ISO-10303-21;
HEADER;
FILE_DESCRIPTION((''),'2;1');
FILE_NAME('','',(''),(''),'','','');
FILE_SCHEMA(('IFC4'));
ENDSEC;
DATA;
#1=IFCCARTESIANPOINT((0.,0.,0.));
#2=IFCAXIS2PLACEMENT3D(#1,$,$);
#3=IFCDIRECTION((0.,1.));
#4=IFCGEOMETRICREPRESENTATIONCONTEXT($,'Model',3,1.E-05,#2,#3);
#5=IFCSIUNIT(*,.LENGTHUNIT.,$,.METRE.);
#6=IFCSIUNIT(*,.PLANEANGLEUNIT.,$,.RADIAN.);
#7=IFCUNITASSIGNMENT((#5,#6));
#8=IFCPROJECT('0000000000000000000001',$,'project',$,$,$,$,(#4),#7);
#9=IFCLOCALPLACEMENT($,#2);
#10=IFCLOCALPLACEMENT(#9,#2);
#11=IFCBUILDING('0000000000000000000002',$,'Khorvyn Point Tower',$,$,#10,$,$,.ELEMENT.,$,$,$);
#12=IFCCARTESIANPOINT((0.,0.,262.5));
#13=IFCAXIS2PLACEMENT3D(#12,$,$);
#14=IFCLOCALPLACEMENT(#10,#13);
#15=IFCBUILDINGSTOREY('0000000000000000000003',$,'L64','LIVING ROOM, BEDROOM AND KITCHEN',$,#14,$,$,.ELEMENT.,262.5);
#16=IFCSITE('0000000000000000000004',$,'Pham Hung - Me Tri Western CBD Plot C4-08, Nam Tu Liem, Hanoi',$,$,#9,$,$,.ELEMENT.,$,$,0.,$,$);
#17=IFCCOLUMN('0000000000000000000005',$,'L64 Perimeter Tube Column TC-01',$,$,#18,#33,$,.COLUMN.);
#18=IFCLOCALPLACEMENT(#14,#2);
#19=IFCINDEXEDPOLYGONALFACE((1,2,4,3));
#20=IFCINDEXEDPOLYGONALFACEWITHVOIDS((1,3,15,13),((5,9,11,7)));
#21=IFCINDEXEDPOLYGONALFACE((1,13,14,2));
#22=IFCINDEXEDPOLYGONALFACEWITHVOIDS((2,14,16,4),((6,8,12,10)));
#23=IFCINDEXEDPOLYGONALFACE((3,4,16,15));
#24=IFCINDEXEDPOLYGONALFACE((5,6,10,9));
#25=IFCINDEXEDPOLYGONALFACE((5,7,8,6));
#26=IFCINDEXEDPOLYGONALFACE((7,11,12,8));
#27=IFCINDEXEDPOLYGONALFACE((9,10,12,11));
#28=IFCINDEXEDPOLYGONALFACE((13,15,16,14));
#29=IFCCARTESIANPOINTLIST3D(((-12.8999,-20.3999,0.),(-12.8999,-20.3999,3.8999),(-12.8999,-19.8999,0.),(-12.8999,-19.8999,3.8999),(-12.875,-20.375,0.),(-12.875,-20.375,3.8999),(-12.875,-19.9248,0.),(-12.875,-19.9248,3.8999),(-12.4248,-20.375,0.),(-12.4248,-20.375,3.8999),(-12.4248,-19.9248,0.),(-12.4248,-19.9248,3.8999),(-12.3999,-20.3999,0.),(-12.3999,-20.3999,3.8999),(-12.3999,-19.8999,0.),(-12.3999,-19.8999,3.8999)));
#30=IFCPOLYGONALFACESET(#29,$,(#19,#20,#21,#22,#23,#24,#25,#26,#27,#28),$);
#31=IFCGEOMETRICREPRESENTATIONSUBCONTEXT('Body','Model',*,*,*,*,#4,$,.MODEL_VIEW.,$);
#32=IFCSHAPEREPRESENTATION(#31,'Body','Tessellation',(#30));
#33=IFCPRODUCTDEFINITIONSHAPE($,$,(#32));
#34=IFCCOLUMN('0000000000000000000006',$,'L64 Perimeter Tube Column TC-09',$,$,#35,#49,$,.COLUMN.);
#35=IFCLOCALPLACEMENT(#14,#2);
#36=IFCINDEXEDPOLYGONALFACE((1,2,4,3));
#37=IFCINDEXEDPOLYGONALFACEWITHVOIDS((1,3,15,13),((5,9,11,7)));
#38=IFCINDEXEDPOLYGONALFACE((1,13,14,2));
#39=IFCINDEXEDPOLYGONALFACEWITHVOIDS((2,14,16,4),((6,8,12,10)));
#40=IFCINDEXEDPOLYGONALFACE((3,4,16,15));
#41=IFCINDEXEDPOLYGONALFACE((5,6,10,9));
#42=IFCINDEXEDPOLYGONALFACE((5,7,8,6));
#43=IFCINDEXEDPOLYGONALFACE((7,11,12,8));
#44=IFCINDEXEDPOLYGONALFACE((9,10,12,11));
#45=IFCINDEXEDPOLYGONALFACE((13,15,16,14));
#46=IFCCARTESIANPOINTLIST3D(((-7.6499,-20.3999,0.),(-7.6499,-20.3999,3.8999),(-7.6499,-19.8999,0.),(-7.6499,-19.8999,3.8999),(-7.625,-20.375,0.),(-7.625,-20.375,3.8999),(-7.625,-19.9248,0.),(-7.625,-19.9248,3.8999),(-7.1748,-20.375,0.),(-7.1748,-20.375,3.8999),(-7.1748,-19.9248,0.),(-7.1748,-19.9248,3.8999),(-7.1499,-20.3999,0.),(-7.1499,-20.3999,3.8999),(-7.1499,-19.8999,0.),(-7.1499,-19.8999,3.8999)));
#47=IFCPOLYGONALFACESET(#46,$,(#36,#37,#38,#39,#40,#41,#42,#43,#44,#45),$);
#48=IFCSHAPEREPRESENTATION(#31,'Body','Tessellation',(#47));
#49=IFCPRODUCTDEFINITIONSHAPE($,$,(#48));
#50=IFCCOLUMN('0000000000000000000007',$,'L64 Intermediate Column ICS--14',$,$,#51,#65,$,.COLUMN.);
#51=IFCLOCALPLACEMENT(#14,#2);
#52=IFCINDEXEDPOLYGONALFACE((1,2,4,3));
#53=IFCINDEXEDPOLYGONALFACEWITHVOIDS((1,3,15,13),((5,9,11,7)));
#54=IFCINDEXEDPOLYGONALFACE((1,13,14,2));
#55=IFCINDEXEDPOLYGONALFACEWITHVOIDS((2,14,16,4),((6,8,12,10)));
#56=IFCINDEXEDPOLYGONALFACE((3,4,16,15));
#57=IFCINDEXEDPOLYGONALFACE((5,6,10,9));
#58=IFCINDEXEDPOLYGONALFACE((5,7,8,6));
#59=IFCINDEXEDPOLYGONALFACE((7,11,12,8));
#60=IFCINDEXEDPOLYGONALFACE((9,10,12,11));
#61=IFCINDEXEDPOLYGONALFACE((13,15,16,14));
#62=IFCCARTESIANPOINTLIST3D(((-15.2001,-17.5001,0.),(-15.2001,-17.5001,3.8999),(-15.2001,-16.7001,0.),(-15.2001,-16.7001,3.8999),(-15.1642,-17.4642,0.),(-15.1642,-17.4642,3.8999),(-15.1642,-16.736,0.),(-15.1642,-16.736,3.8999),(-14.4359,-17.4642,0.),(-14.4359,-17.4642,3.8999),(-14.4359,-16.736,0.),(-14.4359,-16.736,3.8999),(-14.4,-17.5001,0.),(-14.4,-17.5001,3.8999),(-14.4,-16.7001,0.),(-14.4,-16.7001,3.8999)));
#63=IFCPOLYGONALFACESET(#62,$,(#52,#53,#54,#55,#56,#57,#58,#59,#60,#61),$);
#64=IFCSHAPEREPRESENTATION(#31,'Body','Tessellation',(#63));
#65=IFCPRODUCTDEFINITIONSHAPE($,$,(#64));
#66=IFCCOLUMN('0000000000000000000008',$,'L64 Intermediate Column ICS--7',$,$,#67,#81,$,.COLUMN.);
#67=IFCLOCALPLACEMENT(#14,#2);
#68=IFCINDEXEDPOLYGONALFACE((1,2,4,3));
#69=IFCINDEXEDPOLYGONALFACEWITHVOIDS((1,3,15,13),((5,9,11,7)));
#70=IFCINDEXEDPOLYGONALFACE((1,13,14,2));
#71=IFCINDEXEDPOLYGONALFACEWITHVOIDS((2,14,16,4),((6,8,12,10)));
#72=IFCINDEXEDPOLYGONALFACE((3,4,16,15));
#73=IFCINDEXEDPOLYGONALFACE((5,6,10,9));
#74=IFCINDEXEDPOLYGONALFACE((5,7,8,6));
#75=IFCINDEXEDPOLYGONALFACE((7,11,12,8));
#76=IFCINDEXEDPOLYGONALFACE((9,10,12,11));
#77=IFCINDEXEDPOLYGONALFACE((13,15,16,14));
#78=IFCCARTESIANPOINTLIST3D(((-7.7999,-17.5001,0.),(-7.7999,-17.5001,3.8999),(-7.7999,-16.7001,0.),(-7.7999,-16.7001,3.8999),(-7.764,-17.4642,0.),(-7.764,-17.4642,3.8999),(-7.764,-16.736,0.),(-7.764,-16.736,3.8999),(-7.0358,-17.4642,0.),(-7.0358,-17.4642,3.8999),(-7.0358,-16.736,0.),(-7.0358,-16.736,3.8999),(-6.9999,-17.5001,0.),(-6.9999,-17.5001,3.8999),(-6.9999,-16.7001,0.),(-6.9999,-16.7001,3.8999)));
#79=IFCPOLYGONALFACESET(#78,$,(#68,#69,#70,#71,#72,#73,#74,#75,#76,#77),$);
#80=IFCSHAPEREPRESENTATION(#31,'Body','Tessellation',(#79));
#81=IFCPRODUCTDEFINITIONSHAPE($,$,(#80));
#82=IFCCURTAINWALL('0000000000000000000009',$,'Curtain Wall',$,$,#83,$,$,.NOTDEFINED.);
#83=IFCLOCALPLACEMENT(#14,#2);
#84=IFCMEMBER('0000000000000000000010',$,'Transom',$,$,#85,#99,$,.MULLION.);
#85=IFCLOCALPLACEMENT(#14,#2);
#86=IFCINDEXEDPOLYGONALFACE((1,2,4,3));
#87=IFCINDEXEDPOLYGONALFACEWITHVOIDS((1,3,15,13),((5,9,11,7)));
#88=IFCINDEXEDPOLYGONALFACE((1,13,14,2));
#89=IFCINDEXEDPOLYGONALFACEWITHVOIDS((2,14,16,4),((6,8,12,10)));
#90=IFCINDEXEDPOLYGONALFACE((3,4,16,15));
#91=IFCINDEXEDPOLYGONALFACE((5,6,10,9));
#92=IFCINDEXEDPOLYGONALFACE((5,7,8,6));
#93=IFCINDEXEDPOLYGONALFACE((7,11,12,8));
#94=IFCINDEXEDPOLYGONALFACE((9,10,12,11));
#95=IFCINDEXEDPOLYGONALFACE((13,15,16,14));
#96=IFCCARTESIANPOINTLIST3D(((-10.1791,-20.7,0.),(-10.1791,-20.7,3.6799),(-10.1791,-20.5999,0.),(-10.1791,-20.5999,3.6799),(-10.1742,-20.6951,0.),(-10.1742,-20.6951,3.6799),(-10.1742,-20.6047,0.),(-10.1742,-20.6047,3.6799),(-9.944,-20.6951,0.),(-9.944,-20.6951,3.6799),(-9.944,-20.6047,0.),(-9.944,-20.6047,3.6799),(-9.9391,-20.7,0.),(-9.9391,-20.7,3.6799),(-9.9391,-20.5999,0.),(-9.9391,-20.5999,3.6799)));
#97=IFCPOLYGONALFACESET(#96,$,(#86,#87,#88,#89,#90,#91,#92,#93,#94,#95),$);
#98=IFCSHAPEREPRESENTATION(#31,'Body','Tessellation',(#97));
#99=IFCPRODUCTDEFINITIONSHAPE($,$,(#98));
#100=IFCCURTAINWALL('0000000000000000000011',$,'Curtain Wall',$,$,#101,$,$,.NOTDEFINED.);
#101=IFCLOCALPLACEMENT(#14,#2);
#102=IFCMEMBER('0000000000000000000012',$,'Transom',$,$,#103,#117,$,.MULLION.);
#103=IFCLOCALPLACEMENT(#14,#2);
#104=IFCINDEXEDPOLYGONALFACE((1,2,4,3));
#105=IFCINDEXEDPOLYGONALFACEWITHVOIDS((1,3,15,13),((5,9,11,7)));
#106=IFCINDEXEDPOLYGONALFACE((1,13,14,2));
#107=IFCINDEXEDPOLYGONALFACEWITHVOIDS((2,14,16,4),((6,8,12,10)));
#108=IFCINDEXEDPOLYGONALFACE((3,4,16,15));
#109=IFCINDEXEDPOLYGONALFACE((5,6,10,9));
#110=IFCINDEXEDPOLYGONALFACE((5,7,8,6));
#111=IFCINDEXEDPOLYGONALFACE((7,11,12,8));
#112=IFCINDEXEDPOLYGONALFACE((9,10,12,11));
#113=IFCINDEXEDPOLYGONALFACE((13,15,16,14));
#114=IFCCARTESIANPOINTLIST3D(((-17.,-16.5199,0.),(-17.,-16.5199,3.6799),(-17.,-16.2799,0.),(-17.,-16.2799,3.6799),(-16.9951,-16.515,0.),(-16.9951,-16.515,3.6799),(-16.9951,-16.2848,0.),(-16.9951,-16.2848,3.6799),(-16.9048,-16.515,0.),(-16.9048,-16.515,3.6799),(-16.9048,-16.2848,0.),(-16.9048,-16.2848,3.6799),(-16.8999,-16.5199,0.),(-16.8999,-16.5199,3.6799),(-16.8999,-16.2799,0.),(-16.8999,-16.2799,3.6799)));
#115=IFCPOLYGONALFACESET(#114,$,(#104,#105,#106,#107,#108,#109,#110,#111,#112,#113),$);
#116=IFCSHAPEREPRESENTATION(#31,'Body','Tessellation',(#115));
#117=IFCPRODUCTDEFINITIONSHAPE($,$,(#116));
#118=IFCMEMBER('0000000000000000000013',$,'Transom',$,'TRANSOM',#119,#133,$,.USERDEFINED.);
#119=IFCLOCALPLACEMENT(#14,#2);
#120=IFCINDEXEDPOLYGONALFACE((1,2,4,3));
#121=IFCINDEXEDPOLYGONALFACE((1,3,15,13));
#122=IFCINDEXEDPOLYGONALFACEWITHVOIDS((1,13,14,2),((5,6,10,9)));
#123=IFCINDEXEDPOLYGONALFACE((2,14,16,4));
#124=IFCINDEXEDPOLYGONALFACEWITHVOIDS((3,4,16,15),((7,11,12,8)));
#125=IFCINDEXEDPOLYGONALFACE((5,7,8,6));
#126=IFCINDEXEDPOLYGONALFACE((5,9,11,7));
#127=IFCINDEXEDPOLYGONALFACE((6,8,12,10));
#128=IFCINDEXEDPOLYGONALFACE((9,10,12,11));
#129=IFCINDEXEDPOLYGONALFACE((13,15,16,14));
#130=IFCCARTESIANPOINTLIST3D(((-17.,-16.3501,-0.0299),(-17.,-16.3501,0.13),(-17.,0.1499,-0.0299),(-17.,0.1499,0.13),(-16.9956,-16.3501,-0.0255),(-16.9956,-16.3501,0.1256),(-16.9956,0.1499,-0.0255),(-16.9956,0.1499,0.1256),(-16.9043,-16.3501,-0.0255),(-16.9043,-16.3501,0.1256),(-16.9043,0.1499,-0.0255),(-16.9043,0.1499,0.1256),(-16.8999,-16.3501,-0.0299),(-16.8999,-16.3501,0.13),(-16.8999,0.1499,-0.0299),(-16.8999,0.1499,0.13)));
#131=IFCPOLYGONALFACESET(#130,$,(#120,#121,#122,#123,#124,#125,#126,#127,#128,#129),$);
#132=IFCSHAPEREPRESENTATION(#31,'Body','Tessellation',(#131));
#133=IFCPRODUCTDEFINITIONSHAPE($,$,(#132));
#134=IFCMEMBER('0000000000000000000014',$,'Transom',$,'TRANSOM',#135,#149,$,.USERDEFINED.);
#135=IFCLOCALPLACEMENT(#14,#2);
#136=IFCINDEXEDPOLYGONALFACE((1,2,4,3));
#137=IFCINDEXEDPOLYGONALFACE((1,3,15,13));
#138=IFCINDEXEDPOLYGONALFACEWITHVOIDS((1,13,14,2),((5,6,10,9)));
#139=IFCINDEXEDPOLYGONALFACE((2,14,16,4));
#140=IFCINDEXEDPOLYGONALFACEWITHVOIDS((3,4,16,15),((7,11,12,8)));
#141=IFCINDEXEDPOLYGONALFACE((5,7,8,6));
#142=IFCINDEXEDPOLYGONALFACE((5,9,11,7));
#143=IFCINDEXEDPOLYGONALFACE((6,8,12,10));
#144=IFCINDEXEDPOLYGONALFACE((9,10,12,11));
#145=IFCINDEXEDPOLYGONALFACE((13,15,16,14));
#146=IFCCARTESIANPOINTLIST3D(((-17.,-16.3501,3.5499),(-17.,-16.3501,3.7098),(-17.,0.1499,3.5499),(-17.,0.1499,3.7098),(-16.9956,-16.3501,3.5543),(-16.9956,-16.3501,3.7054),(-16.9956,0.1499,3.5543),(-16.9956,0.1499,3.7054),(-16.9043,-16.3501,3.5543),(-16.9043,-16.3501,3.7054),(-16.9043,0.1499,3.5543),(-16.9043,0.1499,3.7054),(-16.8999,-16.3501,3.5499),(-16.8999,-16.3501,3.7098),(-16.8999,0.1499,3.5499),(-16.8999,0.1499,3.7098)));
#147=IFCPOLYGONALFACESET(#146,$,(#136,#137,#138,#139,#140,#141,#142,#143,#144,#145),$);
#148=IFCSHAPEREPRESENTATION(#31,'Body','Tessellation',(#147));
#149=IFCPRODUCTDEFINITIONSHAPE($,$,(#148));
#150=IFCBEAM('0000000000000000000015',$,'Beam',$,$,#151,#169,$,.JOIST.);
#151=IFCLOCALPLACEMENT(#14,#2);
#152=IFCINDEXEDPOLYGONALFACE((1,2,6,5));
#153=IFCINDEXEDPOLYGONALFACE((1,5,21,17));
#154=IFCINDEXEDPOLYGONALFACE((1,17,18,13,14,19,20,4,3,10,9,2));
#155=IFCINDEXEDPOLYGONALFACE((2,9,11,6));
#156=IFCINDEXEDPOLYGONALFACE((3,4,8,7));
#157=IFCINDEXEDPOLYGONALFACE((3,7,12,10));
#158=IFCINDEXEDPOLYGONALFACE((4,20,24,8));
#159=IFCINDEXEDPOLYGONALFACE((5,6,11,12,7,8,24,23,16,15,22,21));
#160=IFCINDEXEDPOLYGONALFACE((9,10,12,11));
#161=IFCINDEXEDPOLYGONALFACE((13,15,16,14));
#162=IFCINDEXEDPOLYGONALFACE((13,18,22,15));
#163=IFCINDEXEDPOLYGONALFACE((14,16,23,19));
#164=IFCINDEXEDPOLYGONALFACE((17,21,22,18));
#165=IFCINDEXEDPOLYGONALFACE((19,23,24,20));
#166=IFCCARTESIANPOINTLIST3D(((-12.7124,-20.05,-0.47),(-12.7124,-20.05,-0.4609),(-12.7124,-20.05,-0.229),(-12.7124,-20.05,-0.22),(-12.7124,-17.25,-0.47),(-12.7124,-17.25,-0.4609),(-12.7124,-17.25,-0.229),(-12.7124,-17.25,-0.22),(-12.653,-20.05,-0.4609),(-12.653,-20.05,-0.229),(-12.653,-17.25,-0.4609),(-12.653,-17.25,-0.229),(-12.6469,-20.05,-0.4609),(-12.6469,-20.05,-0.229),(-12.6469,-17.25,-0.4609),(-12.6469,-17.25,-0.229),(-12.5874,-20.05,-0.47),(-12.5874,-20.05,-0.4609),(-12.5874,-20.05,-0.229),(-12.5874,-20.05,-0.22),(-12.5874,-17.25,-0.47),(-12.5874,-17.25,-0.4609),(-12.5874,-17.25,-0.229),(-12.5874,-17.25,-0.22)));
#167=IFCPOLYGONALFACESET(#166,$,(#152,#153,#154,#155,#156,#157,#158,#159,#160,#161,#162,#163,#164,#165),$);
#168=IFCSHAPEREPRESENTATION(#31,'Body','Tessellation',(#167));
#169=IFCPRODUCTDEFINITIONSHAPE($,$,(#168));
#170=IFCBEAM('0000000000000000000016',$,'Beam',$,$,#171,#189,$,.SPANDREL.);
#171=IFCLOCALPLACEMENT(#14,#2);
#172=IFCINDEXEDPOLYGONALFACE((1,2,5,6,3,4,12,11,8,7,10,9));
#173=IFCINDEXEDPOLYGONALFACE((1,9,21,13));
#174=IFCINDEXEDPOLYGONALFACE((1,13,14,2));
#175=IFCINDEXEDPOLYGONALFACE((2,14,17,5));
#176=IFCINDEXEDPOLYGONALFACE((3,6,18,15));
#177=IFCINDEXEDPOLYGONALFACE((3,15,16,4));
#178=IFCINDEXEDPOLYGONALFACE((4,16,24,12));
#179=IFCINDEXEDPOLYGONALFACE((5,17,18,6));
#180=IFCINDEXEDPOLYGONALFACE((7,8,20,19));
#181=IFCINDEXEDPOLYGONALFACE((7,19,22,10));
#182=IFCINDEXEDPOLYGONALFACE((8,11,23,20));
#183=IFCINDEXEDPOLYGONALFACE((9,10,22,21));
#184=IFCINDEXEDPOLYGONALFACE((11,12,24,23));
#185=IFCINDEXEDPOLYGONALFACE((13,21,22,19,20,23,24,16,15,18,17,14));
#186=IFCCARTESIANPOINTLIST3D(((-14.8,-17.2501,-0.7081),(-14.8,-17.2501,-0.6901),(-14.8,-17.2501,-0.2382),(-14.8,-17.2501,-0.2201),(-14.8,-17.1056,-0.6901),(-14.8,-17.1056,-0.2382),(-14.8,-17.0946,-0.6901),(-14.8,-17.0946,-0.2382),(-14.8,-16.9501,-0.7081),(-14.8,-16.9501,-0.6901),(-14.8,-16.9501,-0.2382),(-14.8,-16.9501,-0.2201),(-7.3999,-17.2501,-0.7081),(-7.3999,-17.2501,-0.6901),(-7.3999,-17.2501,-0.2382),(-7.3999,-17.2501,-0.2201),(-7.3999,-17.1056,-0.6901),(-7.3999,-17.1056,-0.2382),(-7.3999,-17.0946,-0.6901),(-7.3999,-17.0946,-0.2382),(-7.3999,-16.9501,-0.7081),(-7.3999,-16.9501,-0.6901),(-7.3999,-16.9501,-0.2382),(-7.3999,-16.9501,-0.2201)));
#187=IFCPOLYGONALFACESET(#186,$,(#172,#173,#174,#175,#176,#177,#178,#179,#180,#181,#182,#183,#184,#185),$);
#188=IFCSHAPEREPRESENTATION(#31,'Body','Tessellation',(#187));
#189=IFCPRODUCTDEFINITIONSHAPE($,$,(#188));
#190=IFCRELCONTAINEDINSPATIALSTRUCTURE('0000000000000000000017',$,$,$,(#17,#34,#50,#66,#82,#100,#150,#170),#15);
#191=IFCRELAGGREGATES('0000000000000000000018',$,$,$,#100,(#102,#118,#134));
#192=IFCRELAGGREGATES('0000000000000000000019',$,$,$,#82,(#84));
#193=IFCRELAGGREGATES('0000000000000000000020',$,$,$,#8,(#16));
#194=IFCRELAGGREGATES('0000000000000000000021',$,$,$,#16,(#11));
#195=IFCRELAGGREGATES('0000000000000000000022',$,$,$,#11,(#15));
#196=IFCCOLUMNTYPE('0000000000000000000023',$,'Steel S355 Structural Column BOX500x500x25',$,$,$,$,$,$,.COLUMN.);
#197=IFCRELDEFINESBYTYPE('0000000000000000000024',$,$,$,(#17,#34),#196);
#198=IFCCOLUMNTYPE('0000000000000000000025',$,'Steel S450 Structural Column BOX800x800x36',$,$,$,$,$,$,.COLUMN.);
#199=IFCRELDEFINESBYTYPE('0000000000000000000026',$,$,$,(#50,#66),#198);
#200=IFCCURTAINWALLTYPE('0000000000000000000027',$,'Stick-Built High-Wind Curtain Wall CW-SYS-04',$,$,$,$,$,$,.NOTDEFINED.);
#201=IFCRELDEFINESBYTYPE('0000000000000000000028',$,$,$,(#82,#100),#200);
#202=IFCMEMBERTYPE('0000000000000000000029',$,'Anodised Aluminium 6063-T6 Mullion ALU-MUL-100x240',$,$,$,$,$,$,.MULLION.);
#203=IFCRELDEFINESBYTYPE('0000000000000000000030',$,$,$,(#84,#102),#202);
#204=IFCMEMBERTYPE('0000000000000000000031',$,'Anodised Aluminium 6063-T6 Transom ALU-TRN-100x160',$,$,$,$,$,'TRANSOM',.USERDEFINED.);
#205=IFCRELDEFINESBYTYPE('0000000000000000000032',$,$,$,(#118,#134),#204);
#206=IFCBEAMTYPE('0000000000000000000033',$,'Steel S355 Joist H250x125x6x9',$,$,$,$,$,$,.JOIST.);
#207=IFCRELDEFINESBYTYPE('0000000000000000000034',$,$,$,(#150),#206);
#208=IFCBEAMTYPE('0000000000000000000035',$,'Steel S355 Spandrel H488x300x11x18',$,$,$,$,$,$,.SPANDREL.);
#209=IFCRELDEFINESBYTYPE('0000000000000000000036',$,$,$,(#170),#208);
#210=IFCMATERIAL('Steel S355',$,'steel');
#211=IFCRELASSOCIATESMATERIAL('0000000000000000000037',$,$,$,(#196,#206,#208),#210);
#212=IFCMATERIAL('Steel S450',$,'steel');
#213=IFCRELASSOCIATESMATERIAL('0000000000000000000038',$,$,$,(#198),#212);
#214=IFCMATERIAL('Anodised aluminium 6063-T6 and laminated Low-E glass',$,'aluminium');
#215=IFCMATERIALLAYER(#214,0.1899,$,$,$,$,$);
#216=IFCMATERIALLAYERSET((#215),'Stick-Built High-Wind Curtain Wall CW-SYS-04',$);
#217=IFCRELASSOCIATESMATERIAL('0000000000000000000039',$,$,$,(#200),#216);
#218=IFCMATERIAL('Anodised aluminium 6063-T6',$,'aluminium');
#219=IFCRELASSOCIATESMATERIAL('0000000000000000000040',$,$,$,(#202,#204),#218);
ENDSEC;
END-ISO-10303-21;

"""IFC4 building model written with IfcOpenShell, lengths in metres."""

from ifc_helpers import new_model, si_unit, direction, frame, origin, origin_2d, place, context, subcontext, project, spatial, hollow_rectangle, i_section, extrude, material, layer, layer_set, material_profile, profile_set, type_object, element, aggregate, save


model = new_model("IFC4")

# Units and contexts
model_context = context("Model", 3, precision=1e-05, world=origin(), true_north=direction((0.0, 1.0)))
body_context = subcontext(model_context, "Body", "Model", "MODEL_VIEW")
ifc_project = project(units=[si_unit("LENGTHUNIT", "METRE"), si_unit("PLANEANGLEUNIT", "RADIAN")], contexts=[model_context])

# Site, building, storey
site_placement = place(None, origin())
site = spatial("IfcSite", under=ifc_project, at=site_placement, Name="Pham Hung - Me Tri Western CBD Plot C4-08, Nam Tu Liem, Hanoi", CompositionType="ELEMENT", RefElevation=0.0)
building_placement = place(site_placement, origin())
building = spatial("IfcBuilding", under=site, at=building_placement, Name="Khorvyn Point Tower", CompositionType="ELEMENT")
storey_placement = place(building_placement, frame((0.0, 0.0, 262.5)))
storey = spatial("IfcBuildingStorey", under=building, at=storey_placement, Name="L64", Description="LIVING ROOM, BEDROOM AND KITCHEN", CompositionType="ELEMENT", Elevation=262.5)

# Columns
ifc_material_1 = material(Name="Steel S355", Category="steel")
ifc_material_profile_1 = material_profile(ifc_material_1, hollow_rectangle(XDim=0.5, YDim=0.5, WallThickness=0.0249, at=origin_2d()))
ifc_profile_set_1 = profile_set([ifc_material_profile_1], Name="Steel S355 BOX500x500x25")
column_type_1 = type_object("IfcColumnType", Name="Steel S355 Structural Column BOX500x500x25", PredefinedType="COLUMN", material=ifc_profile_set_1)
for number, where, z_axis, x_axis, name in (
    (1, (-12.6499, -20.1499, 0.0), (0.0, 0.0, 1.0), (1.0, 0.0, 0.0), "L64 Perimeter Tube Column TC-01"),
    (2, (-7.3999, -20.1499, 0.0), (0.0, 0.0, 1.0), (1.0, 0.0, 0.0), "L64 Perimeter Tube Column TC-09"),
):
    element("IfcColumn", number, at=place(storey_placement, frame(where, z_axis=z_axis, x_axis=x_axis)), inside=storey, type_object=column_type_1, Name=name, PredefinedType="COLUMN", context=body_context, shape_type="SweptSolid", body=[
        extrude(hollow_rectangle(XDim=0.5, YDim=0.5, WallThickness=0.0249, at=origin_2d()), origin(), (0.0, 0.0, 1.0), 3.8999),
    ])
ifc_material_2 = material(Name="Steel S450", Category="steel")
ifc_material_profile_2 = material_profile(ifc_material_2, hollow_rectangle(XDim=0.8, YDim=0.8, WallThickness=0.0359, at=origin_2d()))
ifc_profile_set_2 = profile_set([ifc_material_profile_2], Name="Steel S450 BOX800x800x36")
column_type_2 = type_object("IfcColumnType", Name="Steel S450 Structural Column BOX800x800x36", PredefinedType="COLUMN", material=ifc_profile_set_2)
for number, where, z_axis, x_axis, name in (
    (3, (-14.8, -17.1001, 0.0), (0.0, 0.0, 1.0), (1.0, 0.0, 0.0), "L64 Intermediate Column ICS--14"),
    (4, (-7.3999, -17.1001, 0.0), (0.0, 0.0, 1.0), (1.0, 0.0, 0.0), "L64 Intermediate Column ICS--7"),
):
    element("IfcColumn", number, at=place(storey_placement, frame(where, z_axis=z_axis, x_axis=x_axis)), inside=storey, type_object=column_type_2, Name=name, PredefinedType="COLUMN", context=body_context, shape_type="SweptSolid", body=[
        extrude(hollow_rectangle(XDim=0.8, YDim=0.8, WallThickness=0.0359, at=origin_2d()), origin(), (0.0, 0.0, 1.0), 3.8999),
    ])

# Curtain wall, member
ifc_material_3 = material(Name="Anodised aluminium 6063-T6 and laminated Low-E glass", Category="aluminium")
ifc_layer_1 = layer(ifc_material_3, 0.1899)
ifc_layer_set_1 = layer_set([ifc_layer_1], Name="Stick-Built High-Wind Curtain Wall CW-SYS-04")
curtain_wall_type = type_object("IfcCurtainWallType", Name="Stick-Built High-Wind Curtain Wall CW-SYS-04", PredefinedType="NOTDEFINED", material=ifc_layer_set_1)
curtain_wall_1_placement = place(storey_placement, origin())
curtain_wall_1 = element("IfcCurtainWall", 5, at=curtain_wall_1_placement, inside=storey, type_object=curtain_wall_type, Name="Curtain Wall", PredefinedType="NOTDEFINED")
ifc_material_4 = material(Name="Anodised aluminium 6063-T6", Category="aluminium")
ifc_material_profile_3 = material_profile(ifc_material_4, hollow_rectangle(XDim=0.1001, YDim=0.24, WallThickness=0.0049, at=origin_2d()))
ifc_profile_set_3 = profile_set([ifc_material_profile_3], Name="Anodised aluminium 6063-T6 ALU-MUL-100x240")
member_type_1 = type_object("IfcMemberType", Name="Anodised Aluminium 6063-T6 Mullion ALU-MUL-100x240", PredefinedType="MULLION", material=ifc_profile_set_3)
member_1_placement = place(storey_placement, frame((-10.0591, -20.6499, 0.0), z_axis=(0.0, 0.0, 1.0), x_axis=(0.0, -1.0, 0.0)))
member_1 = element("IfcMember", 6, at=member_1_placement, type_object=member_type_1, Name="Transom", PredefinedType="MULLION", context=body_context, shape_type="SweptSolid", body=[
    extrude(hollow_rectangle(XDim=0.1001, YDim=0.24, WallThickness=0.0049, at=origin_2d()), origin(), (0.0, 0.0, 1.0), 3.6799),
])

# Curtain wall, members
curtain_wall_2_placement = place(storey_placement, origin())
curtain_wall_2 = element("IfcCurtainWall", 7, at=curtain_wall_2_placement, inside=storey, type_object=curtain_wall_type, Name="Curtain Wall", PredefinedType="NOTDEFINED")
member_2_placement = place(storey_placement, frame((-16.95, -16.3999, 0.0), z_axis=(0.0, 0.0, 1.0), x_axis=(-1.0, 0.0, 0.0)))
member_2 = element("IfcMember", 8, at=member_2_placement, type_object=member_type_1, Name="Transom", PredefinedType="MULLION", context=body_context, shape_type="SweptSolid", body=[
    extrude(hollow_rectangle(XDim=0.1001, YDim=0.24, WallThickness=0.0049, at=origin_2d()), origin(), (0.0, 0.0, 1.0), 3.6799),
])
ifc_material_profile_4 = material_profile(ifc_material_4, hollow_rectangle(XDim=0.1001, YDim=0.1599, WallThickness=0.0044, at=origin_2d()))
ifc_profile_set_4 = profile_set([ifc_material_profile_4], Name="Anodised aluminium 6063-T6 ALU-TRN-100x160")
member_type_2 = type_object("IfcMemberType", Name="Anodised Aluminium 6063-T6 Transom ALU-TRN-100x160", ElementType="TRANSOM", PredefinedType="USERDEFINED", material=ifc_profile_set_4)
member_3_placement = place(storey_placement, frame((-16.95, -16.3501, 0.05), z_axis=(0.0, 1.0, 0.0), x_axis=(-1.0, 0.0, 0.0)))
member_3 = element("IfcMember", 9, at=member_3_placement, type_object=member_type_2, Name="Transom", ObjectType="TRANSOM", PredefinedType="USERDEFINED", context=body_context, shape_type="SweptSolid", body=[
    extrude(hollow_rectangle(XDim=0.1001, YDim=0.1599, WallThickness=0.0044, at=origin_2d()), origin(), (0.0, 0.0, 1.0), 16.5),
])
member_4_placement = place(storey_placement, frame((-16.95, -16.3501, 3.6299), z_axis=(0.0, 1.0, 0.0), x_axis=(-1.0, 0.0, 0.0)))
member_4 = element("IfcMember", 10, at=member_4_placement, type_object=member_type_2, Name="Transom", ObjectType="TRANSOM", PredefinedType="USERDEFINED", context=body_context, shape_type="SweptSolid", body=[
    extrude(hollow_rectangle(XDim=0.1001, YDim=0.1599, WallThickness=0.0044, at=origin_2d()), origin(), (0.0, 0.0, 1.0), 16.5),
])
aggregate(curtain_wall_2, [member_2, member_3, member_4])

# Beams
ifc_material_profile_5 = material_profile(ifc_material_1, i_section(OverallWidth=0.125, OverallDepth=0.25, WebThickness=0.0061, FlangeThickness=0.009, at=origin_2d()))
ifc_profile_set_5 = profile_set([ifc_material_profile_5], Name="Steel S355 H250x125x6x9")
beam_type_1 = type_object("IfcBeamType", Name="Steel S355 Joist H250x125x6x9", PredefinedType="JOIST", material=ifc_profile_set_5)
beam_1_placement = place(storey_placement, frame((-12.6499, -20.05, -0.345), z_axis=(0.0, 1.0, 0.0), x_axis=(-1.0, 0.0, 0.0)))
element("IfcBeam", 11, at=beam_1_placement, inside=storey, type_object=beam_type_1, Name="Beam", PredefinedType="JOIST", context=body_context, shape_type="SweptSolid", body=[
    extrude(i_section(OverallWidth=0.125, OverallDepth=0.25, WebThickness=0.0061, FlangeThickness=0.009, at=origin_2d()), origin(), (0.0, 0.0, 1.0), 2.8),
])
ifc_material_profile_6 = material_profile(ifc_material_1, i_section(OverallWidth=0.3, OverallDepth=0.488, WebThickness=0.011, FlangeThickness=0.0181, at=origin_2d()))
ifc_profile_set_6 = profile_set([ifc_material_profile_6], Name="Steel S355 H488x300x11x18")
beam_type_2 = type_object("IfcBeamType", Name="Steel S355 Spandrel H488x300x11x18", PredefinedType="SPANDREL", material=ifc_profile_set_6)
beam_2_placement = place(storey_placement, frame((-14.8, -17.1001, -0.4641), z_axis=(1.0, 0.0, 0.0), x_axis=(0.0, 1.0, 0.0)))
element("IfcBeam", 12, at=beam_2_placement, inside=storey, type_object=beam_type_2, Name="Beam", PredefinedType="SPANDREL", context=body_context, shape_type="SweptSolid", body=[
    extrude(i_section(OverallWidth=0.3, OverallDepth=0.488, WebThickness=0.011, FlangeThickness=0.0181, at=origin_2d()), origin(), (0.0, 0.0, 1.0), 7.4001),
])

aggregate(curtain_wall_1, [member_1])

save(model, "model.ifc")
